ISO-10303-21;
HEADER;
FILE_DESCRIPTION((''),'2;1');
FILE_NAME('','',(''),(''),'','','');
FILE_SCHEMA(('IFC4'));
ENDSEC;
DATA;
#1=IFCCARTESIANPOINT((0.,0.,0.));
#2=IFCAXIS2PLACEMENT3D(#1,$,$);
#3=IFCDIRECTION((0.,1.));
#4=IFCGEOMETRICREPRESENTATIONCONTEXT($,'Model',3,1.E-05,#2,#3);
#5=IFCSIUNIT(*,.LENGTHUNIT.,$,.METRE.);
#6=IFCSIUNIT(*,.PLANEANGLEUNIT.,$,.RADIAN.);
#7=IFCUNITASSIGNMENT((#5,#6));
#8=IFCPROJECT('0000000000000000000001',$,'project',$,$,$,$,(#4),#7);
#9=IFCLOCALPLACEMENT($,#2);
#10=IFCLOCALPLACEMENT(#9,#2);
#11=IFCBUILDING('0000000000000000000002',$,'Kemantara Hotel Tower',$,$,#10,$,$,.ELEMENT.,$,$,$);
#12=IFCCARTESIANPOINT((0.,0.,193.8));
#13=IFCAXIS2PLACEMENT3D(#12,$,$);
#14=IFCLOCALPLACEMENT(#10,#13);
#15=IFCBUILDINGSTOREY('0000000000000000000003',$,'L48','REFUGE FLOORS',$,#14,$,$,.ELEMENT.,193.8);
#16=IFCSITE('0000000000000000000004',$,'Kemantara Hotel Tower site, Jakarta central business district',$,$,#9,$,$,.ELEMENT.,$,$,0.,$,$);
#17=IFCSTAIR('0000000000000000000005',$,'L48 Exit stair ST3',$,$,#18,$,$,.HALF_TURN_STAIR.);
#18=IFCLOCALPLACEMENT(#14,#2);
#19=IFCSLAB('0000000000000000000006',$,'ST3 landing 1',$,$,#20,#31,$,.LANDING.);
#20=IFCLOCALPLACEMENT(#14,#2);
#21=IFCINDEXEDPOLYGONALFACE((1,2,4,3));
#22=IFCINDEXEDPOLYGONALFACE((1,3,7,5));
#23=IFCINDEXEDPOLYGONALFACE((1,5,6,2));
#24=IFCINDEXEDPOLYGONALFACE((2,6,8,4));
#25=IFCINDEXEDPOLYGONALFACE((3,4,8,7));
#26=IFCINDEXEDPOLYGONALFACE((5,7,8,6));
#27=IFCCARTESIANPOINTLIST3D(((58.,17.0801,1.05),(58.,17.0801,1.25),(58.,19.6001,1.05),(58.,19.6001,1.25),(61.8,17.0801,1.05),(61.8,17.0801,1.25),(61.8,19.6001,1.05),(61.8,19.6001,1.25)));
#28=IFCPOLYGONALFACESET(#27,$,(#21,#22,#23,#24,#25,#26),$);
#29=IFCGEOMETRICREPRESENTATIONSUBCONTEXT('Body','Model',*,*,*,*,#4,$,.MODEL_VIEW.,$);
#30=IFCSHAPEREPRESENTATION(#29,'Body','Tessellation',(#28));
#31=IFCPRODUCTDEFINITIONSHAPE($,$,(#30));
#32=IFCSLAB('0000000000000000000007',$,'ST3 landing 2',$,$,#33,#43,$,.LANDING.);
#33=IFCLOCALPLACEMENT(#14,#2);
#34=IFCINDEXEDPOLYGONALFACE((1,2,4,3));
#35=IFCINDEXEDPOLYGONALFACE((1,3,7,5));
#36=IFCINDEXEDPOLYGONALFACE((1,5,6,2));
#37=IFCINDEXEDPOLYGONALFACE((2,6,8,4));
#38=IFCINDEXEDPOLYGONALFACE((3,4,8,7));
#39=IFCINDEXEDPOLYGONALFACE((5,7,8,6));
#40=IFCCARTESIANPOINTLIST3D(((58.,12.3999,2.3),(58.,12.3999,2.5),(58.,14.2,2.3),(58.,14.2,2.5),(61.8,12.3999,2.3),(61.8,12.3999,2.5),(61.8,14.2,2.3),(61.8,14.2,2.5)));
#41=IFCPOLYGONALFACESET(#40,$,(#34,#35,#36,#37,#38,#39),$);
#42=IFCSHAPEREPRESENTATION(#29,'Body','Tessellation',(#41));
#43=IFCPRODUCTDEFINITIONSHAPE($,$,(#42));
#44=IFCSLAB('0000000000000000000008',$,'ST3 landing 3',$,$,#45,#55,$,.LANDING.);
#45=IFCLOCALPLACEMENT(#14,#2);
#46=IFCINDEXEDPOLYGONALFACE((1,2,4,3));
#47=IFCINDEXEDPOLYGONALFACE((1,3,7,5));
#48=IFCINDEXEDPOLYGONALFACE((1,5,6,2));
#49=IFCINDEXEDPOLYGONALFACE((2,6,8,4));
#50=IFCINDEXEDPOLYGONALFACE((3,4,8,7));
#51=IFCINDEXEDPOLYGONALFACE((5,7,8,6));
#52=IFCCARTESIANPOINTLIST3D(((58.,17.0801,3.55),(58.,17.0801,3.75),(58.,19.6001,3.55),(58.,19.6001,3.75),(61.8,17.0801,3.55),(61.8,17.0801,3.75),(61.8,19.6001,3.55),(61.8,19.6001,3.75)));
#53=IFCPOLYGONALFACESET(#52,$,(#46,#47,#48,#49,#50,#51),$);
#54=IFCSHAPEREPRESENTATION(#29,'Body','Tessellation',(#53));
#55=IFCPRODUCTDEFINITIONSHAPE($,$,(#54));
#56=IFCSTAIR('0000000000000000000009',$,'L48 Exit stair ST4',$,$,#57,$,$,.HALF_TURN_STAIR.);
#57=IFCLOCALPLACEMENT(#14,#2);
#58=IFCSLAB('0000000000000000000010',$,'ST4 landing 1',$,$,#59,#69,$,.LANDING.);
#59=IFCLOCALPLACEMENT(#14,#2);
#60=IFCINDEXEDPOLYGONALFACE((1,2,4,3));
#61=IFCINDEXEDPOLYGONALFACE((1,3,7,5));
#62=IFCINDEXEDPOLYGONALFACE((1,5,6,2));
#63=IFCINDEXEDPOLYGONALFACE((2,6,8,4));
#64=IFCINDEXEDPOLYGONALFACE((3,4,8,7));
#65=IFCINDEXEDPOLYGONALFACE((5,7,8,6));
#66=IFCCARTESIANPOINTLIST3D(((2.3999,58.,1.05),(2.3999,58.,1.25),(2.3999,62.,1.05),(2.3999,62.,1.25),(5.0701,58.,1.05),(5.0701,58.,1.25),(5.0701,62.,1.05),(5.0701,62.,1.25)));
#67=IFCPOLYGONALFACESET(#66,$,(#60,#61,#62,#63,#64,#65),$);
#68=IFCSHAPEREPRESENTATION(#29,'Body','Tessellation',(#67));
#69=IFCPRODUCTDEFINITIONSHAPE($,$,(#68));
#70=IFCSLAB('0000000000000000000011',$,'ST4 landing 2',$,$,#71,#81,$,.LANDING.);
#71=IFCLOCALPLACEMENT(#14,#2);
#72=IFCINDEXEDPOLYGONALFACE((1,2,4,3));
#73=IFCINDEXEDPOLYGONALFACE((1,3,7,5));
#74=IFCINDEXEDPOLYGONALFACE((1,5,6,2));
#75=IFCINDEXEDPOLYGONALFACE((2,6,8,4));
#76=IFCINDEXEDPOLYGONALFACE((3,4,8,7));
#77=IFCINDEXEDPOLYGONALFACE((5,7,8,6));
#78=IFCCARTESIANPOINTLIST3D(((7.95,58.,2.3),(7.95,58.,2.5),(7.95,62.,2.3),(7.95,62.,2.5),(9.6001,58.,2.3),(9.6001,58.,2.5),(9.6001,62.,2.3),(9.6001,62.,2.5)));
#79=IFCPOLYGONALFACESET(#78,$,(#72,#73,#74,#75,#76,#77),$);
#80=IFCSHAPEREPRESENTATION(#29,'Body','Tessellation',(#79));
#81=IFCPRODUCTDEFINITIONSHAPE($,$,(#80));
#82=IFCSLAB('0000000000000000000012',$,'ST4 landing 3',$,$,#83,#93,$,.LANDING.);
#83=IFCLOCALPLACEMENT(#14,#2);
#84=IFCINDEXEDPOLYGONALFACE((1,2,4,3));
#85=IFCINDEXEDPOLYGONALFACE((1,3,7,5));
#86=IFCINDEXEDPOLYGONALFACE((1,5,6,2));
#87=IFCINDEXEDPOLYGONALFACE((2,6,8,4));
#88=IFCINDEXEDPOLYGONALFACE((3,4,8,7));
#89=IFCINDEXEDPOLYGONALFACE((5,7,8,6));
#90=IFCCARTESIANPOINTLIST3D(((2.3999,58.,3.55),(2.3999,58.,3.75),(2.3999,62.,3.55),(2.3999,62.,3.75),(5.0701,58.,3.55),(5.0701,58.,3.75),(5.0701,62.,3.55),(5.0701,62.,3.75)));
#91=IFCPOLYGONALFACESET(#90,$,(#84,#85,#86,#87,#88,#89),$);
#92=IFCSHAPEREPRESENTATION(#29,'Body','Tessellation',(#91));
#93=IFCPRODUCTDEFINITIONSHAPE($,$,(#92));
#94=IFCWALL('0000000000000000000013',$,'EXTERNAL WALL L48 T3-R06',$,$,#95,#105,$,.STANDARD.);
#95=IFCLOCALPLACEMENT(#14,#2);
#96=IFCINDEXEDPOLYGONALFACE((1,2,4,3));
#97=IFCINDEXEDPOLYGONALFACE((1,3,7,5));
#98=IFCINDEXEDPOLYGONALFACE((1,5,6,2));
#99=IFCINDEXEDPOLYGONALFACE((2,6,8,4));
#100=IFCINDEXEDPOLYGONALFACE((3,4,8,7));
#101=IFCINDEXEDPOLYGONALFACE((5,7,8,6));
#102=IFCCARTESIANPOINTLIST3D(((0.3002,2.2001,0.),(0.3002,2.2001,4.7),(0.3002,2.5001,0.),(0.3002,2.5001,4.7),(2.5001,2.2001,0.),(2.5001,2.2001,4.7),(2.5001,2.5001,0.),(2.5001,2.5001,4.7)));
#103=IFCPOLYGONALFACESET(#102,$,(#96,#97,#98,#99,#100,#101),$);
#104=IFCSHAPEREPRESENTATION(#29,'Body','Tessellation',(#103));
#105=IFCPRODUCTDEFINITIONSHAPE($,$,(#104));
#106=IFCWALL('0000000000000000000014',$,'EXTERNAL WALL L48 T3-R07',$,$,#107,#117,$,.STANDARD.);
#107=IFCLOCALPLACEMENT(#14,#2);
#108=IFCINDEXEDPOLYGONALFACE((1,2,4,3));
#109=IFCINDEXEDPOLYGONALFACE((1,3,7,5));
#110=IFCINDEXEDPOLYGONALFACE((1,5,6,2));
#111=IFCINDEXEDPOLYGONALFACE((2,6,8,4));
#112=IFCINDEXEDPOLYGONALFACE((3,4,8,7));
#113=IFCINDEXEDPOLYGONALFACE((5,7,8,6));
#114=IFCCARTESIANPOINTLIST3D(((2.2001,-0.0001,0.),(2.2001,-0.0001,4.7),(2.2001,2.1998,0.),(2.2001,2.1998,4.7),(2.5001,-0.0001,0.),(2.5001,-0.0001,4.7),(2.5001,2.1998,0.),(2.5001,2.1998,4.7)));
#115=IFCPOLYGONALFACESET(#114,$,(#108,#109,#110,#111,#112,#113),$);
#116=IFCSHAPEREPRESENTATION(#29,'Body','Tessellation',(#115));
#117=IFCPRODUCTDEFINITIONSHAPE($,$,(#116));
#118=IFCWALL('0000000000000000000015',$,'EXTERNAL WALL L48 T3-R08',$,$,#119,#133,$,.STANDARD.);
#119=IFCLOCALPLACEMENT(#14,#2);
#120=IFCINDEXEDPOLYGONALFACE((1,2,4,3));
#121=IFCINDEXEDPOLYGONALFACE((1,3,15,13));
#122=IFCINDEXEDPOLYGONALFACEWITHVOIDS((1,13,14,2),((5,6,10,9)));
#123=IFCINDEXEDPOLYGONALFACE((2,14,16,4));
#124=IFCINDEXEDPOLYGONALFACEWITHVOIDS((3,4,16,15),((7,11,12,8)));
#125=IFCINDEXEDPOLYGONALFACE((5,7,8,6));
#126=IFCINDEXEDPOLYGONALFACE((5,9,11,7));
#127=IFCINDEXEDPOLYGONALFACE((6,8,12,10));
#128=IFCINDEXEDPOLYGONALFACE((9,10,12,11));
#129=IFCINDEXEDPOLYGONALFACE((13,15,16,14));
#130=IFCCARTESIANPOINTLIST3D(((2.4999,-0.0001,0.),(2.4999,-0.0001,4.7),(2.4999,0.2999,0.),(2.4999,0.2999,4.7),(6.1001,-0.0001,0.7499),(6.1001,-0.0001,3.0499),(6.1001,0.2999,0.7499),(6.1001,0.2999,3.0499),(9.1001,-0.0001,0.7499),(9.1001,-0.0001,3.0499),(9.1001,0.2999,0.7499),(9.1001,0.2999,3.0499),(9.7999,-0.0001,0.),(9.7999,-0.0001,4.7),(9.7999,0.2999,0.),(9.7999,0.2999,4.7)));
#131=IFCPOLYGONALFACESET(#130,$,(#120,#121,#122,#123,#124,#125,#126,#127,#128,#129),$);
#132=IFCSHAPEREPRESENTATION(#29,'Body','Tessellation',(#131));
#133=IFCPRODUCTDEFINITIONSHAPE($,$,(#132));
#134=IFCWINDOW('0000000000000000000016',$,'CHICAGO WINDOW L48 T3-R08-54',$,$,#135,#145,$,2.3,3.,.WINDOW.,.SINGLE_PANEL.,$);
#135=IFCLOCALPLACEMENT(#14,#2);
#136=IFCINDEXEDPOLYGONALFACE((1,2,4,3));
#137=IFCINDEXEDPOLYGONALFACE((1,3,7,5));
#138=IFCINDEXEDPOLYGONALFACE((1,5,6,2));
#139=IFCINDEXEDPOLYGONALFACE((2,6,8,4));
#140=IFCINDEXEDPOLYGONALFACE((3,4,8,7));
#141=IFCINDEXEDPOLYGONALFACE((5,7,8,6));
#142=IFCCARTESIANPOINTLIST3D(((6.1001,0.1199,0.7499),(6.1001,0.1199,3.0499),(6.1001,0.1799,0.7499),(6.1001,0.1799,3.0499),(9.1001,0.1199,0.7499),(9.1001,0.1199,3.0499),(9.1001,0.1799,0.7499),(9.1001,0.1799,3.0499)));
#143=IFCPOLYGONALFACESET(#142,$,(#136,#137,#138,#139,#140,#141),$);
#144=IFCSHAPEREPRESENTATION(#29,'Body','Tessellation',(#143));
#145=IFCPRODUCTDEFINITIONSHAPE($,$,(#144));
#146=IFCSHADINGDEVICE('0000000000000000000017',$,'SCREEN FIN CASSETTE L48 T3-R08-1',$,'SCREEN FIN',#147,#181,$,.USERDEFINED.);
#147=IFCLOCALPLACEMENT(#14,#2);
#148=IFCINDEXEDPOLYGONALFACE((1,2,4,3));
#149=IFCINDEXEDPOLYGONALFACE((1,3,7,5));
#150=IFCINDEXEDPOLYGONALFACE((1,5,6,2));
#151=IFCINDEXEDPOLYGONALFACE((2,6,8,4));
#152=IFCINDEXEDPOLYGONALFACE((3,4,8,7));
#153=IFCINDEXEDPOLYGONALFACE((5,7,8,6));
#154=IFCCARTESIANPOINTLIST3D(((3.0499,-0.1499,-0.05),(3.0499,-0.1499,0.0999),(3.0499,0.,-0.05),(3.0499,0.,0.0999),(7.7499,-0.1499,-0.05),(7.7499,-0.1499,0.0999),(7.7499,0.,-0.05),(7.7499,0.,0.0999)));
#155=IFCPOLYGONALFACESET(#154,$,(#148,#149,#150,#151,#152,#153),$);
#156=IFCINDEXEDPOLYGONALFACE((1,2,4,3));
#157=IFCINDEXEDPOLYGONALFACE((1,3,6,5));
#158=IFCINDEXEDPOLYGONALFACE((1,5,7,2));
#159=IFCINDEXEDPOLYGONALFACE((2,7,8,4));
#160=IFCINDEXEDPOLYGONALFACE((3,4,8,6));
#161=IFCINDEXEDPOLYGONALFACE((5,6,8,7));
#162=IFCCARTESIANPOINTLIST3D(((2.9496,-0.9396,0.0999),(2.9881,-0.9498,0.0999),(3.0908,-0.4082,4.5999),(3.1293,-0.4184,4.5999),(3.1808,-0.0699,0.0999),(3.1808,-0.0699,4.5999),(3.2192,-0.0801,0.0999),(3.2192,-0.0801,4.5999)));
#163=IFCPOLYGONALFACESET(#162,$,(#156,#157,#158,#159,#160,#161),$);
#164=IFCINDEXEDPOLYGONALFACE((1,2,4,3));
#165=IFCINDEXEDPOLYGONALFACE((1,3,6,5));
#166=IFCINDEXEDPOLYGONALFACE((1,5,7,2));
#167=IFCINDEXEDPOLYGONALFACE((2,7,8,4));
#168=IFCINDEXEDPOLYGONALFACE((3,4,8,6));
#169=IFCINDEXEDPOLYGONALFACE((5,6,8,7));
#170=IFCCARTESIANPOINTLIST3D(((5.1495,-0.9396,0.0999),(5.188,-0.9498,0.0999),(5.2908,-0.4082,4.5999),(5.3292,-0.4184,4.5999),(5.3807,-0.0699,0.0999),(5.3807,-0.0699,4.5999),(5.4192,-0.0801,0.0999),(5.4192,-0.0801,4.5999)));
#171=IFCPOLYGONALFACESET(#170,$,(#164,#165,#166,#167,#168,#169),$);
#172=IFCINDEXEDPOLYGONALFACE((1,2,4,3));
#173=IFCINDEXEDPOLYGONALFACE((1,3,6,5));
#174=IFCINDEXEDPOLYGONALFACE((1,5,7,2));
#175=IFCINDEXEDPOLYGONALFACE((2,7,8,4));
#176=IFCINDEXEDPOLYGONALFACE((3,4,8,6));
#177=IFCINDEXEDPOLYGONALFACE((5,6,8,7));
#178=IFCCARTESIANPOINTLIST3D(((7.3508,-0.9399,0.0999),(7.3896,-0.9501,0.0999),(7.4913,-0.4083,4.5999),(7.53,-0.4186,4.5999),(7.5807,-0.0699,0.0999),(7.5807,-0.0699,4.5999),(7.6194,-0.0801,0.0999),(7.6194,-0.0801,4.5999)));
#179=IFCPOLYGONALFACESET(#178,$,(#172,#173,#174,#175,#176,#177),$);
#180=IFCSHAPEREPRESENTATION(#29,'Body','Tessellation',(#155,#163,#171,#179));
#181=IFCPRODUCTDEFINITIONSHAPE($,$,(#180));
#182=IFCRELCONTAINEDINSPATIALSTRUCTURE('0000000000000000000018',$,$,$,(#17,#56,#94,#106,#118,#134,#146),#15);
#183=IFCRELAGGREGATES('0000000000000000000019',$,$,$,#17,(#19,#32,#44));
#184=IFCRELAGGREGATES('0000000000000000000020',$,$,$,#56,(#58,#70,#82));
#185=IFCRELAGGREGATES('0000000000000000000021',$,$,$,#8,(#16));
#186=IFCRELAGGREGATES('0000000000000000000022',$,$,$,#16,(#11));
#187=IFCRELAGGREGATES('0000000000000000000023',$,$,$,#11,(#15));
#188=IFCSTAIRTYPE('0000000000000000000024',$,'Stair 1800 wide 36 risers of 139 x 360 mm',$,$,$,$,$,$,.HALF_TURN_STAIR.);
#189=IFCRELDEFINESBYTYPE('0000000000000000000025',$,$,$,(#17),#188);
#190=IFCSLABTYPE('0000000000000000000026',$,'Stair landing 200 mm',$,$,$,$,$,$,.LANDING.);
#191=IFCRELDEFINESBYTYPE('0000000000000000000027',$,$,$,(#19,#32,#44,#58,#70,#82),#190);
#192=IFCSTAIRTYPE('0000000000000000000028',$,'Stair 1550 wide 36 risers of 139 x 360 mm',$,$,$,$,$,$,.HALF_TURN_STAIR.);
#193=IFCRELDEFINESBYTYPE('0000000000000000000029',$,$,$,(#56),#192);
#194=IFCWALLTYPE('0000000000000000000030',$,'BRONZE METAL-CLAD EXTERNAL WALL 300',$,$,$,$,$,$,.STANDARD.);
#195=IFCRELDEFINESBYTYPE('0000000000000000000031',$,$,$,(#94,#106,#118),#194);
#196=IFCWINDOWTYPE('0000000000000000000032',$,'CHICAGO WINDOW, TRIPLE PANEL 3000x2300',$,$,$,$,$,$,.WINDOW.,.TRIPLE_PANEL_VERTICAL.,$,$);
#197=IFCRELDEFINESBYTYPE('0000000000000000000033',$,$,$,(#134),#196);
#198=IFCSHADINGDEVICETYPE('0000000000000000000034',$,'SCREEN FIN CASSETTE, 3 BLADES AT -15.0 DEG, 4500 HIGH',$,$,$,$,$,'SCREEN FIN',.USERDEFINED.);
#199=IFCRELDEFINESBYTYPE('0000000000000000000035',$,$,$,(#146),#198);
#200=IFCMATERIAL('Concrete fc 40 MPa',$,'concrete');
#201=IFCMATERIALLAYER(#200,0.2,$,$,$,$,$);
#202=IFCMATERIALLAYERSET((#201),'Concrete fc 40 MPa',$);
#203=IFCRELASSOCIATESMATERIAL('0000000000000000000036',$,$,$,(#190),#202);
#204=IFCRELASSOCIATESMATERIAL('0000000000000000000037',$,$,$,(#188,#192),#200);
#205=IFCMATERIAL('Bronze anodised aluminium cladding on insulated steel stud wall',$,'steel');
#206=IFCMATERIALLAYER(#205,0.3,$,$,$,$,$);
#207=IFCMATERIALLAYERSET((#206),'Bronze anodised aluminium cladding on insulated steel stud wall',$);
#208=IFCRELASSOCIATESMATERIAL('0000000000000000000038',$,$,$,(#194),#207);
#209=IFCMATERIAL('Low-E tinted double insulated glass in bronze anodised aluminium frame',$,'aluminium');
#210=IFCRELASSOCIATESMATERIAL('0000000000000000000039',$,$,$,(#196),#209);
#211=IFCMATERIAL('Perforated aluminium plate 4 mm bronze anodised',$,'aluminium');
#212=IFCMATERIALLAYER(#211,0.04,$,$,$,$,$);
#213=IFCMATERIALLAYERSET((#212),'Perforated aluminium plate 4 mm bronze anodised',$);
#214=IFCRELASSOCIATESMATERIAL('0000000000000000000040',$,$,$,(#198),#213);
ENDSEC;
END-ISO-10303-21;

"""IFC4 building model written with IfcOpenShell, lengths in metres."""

from ifc_helpers import new_model, si_unit, direction, frame, frame_2d, origin, origin_2d, place, context, subcontext, project, spatial, polyline, rectangle, outline, extrude, source, transform, mapped, material, layer, layer_set, type_object, element, fill, aggregate, save


model = new_model("IFC4")

# Units and contexts
model_context = context("Model", 3, precision=1e-05, world=origin(), true_north=direction((0.0, 1.0)))
body_context = subcontext(model_context, "Body", "Model", "MODEL_VIEW")
ifc_project = project(units=[si_unit("LENGTHUNIT", "METRE"), si_unit("PLANEANGLEUNIT", "RADIAN")], contexts=[model_context])

# Site, building, storey
site_placement = place(None, origin())
site = spatial("IfcSite", under=ifc_project, at=site_placement, Name="Kemantara Hotel Tower site, Jakarta central business district", CompositionType="ELEMENT", RefElevation=0.0)
building_placement = place(site_placement, origin())
building = spatial("IfcBuilding", under=site, at=building_placement, Name="Kemantara Hotel Tower", CompositionType="ELEMENT")
storey_placement = place(building_placement, frame((0.0, 0.0, 193.8)))
storey = spatial("IfcBuildingStorey", under=building, at=storey_placement, Name="L48", Description="REFUGE FLOORS", CompositionType="ELEMENT", Elevation=193.8)

# Shared definitions
ifc_material_1 = material(Name="Concrete fc 40 MPa", Category="concrete")

# Stairs, slabs
ifc_layer_1 = layer(ifc_material_1, 0.2)
ifc_layer_set_1 = layer_set([ifc_layer_1], Name="Concrete fc 40 MPa")
slab_type_1 = type_object("IfcSlabType", Name="Stair landing 200 mm", PredefinedType="LANDING", material=ifc_layer_set_1)
stair_type_1 = type_object("IfcStairType", Name="Stair 1800 wide 36 risers of 139 x 360 mm", PredefinedType="HALF_TURN_STAIR", material=ifc_material_1)
stair_1_placement = place(storey_placement, origin())
stair_1 = element("IfcStair", 1, at=stair_1_placement, inside=storey, type_object=stair_type_1, Name="L48 Exit stair ST3", PredefinedType="HALF_TURN_STAIR")
slab_1_placement = place(storey_placement, frame((0.0, 0.0, 1.05)))
slab_1 = element("IfcSlab", 2, at=slab_1_placement, type_object=slab_type_1, Name="ST3 landing 1", PredefinedType="LANDING", context=body_context, shape_type="SweptSolid", body=[
    extrude(outline(polyline([(61.8, 17.0801), (61.8, 19.6001), (58.0, 19.6001), (58.0, 17.0801), (61.8, 17.0801)])), origin(), (0.0, 0.0, 1.0), 0.2),
])
slab_2_placement = place(storey_placement, frame((0.0, 0.0, 2.3)))
slab_2 = element("IfcSlab", 3, at=slab_2_placement, type_object=slab_type_1, Name="ST3 landing 2", PredefinedType="LANDING", context=body_context, shape_type="SweptSolid", body=[
    extrude(outline(polyline([(61.8, 12.3999), (61.8, 14.2), (58.0, 14.2), (58.0, 12.3999), (61.8, 12.3999)])), origin(), (0.0, 0.0, 1.0), 0.2),
])
slab_3_placement = place(storey_placement, frame((0.0, 0.0, 3.55)))
slab_3 = element("IfcSlab", 4, at=slab_3_placement, type_object=slab_type_1, Name="ST3 landing 3", PredefinedType="LANDING", context=body_context, shape_type="SweptSolid", body=[
    extrude(outline(polyline([(61.8, 17.0801), (61.8, 19.6001), (58.0, 19.6001), (58.0, 17.0801), (61.8, 17.0801)])), origin(), (0.0, 0.0, 1.0), 0.2),
])
aggregate(stair_1, [slab_1, slab_2, slab_3])
stair_type_2 = type_object("IfcStairType", Name="Stair 1550 wide 36 risers of 139 x 360 mm", PredefinedType="HALF_TURN_STAIR", material=ifc_material_1)
stair_2_placement = place(storey_placement, origin())
stair_2 = element("IfcStair", 5, at=stair_2_placement, inside=storey, type_object=stair_type_2, Name="L48 Exit stair ST4", PredefinedType="HALF_TURN_STAIR")
slab_4_placement = place(storey_placement, frame((0.0, 0.0, 1.05)))
slab_4 = element("IfcSlab", 6, at=slab_4_placement, type_object=slab_type_1, Name="ST4 landing 1", PredefinedType="LANDING", context=body_context, shape_type="SweptSolid", body=[
    extrude(outline(polyline([(5.0701, 62.0), (2.3999, 62.0), (2.3999, 58.0), (5.0701, 58.0), (5.0701, 62.0)])), origin(), (0.0, 0.0, 1.0), 0.2),
])
slab_5_placement = place(storey_placement, frame((0.0, 0.0, 2.3)))
slab_5 = element("IfcSlab", 7, at=slab_5_placement, type_object=slab_type_1, Name="ST4 landing 2", PredefinedType="LANDING", context=body_context, shape_type="SweptSolid", body=[
    extrude(outline(polyline([(9.6001, 62.0), (7.95, 62.0), (7.95, 58.0), (9.6001, 58.0), (9.6001, 62.0)])), origin(), (0.0, 0.0, 1.0), 0.2),
])
slab_6_placement = place(storey_placement, frame((0.0, 0.0, 3.55)))
slab_6 = element("IfcSlab", 8, at=slab_6_placement, type_object=slab_type_1, Name="ST4 landing 3", PredefinedType="LANDING", context=body_context, shape_type="SweptSolid", body=[
    extrude(outline(polyline([(5.0701, 62.0), (2.3999, 62.0), (2.3999, 58.0), (5.0701, 58.0), (5.0701, 62.0)])), origin(), (0.0, 0.0, 1.0), 0.2),
])
aggregate(stair_2, [slab_4, slab_5, slab_6])

# Walls
ifc_material_2 = material(Name="Bronze anodised aluminium cladding on insulated steel stud wall", Category="steel")
ifc_layer_2 = layer(ifc_material_2, 0.3)
ifc_layer_set_2 = layer_set([ifc_layer_2], Name="Bronze anodised aluminium cladding on insulated steel stud wall")
wall_type = type_object("IfcWallType", Name="BRONZE METAL-CLAD EXTERNAL WALL 300", PredefinedType="STANDARD", material=ifc_layer_set_2)
for number, where, z_axis, x_axis, name in (
    (9, (0.3, 2.3501, 0.0), (0.0, 0.0, 1.0), (1.0, 0.0, 0.0), "EXTERNAL WALL L48 T3-R06"),
    (10, (2.3501, 2.2, 0.0), (0.0, 0.0, 1.0), (0.0, -1.0, 0.0), "EXTERNAL WALL L48 T3-R07"),
):
    element("IfcWall", number, at=place(storey_placement, frame(where, z_axis=z_axis, x_axis=x_axis)), inside=storey, type_object=wall_type, Name=name, PredefinedType="STANDARD", context=body_context, shape_type="SweptSolid", body=[
        extrude(rectangle(XDim=2.2, YDim=0.3, at=frame_2d((1.1001, 0.0))), origin(), (0.0, 0.0, 1.0), 4.7),
    ])

# Wall, opening, window
wall_placement = place(storey_placement, frame((2.5, 0.1499, 0.0), z_axis=(0.0, 0.0, 1.0), x_axis=(1.0, 0.0, 0.0)))
wall = element("IfcWall", 11, at=wall_placement, inside=storey, type_object=wall_type, Name="EXTERNAL WALL L48 T3-R08", PredefinedType="STANDARD", context=body_context, shape_type="SweptSolid", body=[
    extrude(rectangle(XDim=7.3, YDim=0.3, at=frame_2d((3.6499, 0.0))), origin(), (0.0, 0.0, 1.0), 4.7),
])
opening_placement = place(wall_placement, frame((3.6001, 0.0, 0.75)))
opening = element("IfcOpeningElement", 12, at=opening_placement, cuts=wall, PredefinedType="OPENING", context=body_context, shape_type="SweptSolid", body=[
    extrude(rectangle(XDim=3.0, YDim=2.3, at=frame_2d((1.5, 1.1499))), frame((0.0, 0.1599, 0.0), z_axis=(0.0, -1.0, 0.0), x_axis=(1.0, 0.0, 0.0)), (0.0, 0.0, 1.0), 0.3201),
])
ifc_material_3 = material(Name="Low-E tinted double insulated glass in bronze anodised aluminium frame", Category="aluminium")
window_type = type_object("IfcWindowType", Name="CHICAGO WINDOW, TRIPLE PANEL 3000x2300", PartitioningType="TRIPLE_PANEL_VERTICAL", PredefinedType="WINDOW", material=ifc_material_3)
window_placement = place(opening_placement, origin())
window = element("IfcWindow", 13, at=window_placement, inside=storey, type_object=window_type, Name="CHICAGO WINDOW L48 T3-R08-54", OverallHeight=2.3, OverallWidth=3.0, PartitioningType="SINGLE_PANEL", PredefinedType="WINDOW", context=body_context, shape_type="SweptSolid", body=[
    extrude(rectangle(XDim=3.0, YDim=2.3, at=frame_2d((1.5, 1.1499))), frame((0.0, 0.03, 0.0), z_axis=(0.0, -1.0, 0.0), x_axis=(1.0, 0.0, 0.0)), (0.0, 0.0, 1.0), 0.0601),
])
fill(opening, window)

# Shading device
ifc_material_4 = material(Name="Perforated aluminium plate 4 mm bronze anodised", Category="aluminium")
ifc_layer_3 = layer(ifc_material_4, 0.04)
ifc_layer_set_3 = layer_set([ifc_layer_3], Name="Perforated aluminium plate 4 mm bronze anodised")
shading_device_type_1 = type_object("IfcShadingDeviceType", Name="SCREEN FIN CASSETTE, 3 BLADES AT -15.0 DEG, 4500 HIGH", ElementType="SCREEN FIN", PredefinedType="USERDEFINED", material=ifc_layer_set_3)
shared_shape_1 = source(origin(), body_context, "Body", "SweptSolid", [
    extrude(rectangle(XDim=4.7, YDim=0.1499, at=origin_2d()), frame((2.2, -0.075, -0.1499), z_axis=(0.0, 0.0, 1.0), x_axis=(1.0, 0.0, 0.0)), (0.0, 0.0, 1.0), 0.1499),
    extrude(outline(polyline([(0.0, 0.0), (0.8999, 0.0), (0.3501, 4.5), (0.0, 4.5), (0.0, 0.0)])), frame((0.0193, -0.0801, 0.0), z_axis=(-0.966438, 0.256901, 0.0), x_axis=(-0.256901, -0.966438, 0.0)), (0.0, 0.0, 1.0), 0.0398),
    extrude(outline(polyline([(0.0, 0.0), (0.8999, 0.0), (0.3501, 4.5), (0.0, 4.5), (0.0, 0.0)])), frame((2.2192, -0.0801, 0.0), z_axis=(-0.966438, 0.256901, 0.0), x_axis=(-0.256901, -0.966438, 0.0)), (0.0, 0.0, 1.0), 0.0398),
    extrude(outline(polyline([(0.0, 0.0), (0.8999, 0.0), (0.3501, 4.5), (0.0, 4.5), (0.0, 0.0)])), frame((4.4194, -0.0801, 0.0), z_axis=(-0.966838, 0.255391, 0.0), x_axis=(-0.255391, -0.966838, 0.0)), (0.0, 0.0, 1.0), 0.04),
])
shading_device_1_placement = place(storey_placement, frame((3.2, 0.0, 0.0999), z_axis=(0.0, 0.0, 1.0), x_axis=(1.0, 0.0, 0.0)))
element("IfcShadingDevice", 14, at=shading_device_1_placement, inside=storey, type_object=shading_device_type_1, Name="SCREEN FIN CASSETTE L48 T3-R08-1", ObjectType="SCREEN FIN", PredefinedType="USERDEFINED", context=body_context, shape_type="MappedRepresentation", body=[
    mapped(shared_shape_1, transform((0.0, 0.0, 0.0))),
])

save(model, "model.ifc")
